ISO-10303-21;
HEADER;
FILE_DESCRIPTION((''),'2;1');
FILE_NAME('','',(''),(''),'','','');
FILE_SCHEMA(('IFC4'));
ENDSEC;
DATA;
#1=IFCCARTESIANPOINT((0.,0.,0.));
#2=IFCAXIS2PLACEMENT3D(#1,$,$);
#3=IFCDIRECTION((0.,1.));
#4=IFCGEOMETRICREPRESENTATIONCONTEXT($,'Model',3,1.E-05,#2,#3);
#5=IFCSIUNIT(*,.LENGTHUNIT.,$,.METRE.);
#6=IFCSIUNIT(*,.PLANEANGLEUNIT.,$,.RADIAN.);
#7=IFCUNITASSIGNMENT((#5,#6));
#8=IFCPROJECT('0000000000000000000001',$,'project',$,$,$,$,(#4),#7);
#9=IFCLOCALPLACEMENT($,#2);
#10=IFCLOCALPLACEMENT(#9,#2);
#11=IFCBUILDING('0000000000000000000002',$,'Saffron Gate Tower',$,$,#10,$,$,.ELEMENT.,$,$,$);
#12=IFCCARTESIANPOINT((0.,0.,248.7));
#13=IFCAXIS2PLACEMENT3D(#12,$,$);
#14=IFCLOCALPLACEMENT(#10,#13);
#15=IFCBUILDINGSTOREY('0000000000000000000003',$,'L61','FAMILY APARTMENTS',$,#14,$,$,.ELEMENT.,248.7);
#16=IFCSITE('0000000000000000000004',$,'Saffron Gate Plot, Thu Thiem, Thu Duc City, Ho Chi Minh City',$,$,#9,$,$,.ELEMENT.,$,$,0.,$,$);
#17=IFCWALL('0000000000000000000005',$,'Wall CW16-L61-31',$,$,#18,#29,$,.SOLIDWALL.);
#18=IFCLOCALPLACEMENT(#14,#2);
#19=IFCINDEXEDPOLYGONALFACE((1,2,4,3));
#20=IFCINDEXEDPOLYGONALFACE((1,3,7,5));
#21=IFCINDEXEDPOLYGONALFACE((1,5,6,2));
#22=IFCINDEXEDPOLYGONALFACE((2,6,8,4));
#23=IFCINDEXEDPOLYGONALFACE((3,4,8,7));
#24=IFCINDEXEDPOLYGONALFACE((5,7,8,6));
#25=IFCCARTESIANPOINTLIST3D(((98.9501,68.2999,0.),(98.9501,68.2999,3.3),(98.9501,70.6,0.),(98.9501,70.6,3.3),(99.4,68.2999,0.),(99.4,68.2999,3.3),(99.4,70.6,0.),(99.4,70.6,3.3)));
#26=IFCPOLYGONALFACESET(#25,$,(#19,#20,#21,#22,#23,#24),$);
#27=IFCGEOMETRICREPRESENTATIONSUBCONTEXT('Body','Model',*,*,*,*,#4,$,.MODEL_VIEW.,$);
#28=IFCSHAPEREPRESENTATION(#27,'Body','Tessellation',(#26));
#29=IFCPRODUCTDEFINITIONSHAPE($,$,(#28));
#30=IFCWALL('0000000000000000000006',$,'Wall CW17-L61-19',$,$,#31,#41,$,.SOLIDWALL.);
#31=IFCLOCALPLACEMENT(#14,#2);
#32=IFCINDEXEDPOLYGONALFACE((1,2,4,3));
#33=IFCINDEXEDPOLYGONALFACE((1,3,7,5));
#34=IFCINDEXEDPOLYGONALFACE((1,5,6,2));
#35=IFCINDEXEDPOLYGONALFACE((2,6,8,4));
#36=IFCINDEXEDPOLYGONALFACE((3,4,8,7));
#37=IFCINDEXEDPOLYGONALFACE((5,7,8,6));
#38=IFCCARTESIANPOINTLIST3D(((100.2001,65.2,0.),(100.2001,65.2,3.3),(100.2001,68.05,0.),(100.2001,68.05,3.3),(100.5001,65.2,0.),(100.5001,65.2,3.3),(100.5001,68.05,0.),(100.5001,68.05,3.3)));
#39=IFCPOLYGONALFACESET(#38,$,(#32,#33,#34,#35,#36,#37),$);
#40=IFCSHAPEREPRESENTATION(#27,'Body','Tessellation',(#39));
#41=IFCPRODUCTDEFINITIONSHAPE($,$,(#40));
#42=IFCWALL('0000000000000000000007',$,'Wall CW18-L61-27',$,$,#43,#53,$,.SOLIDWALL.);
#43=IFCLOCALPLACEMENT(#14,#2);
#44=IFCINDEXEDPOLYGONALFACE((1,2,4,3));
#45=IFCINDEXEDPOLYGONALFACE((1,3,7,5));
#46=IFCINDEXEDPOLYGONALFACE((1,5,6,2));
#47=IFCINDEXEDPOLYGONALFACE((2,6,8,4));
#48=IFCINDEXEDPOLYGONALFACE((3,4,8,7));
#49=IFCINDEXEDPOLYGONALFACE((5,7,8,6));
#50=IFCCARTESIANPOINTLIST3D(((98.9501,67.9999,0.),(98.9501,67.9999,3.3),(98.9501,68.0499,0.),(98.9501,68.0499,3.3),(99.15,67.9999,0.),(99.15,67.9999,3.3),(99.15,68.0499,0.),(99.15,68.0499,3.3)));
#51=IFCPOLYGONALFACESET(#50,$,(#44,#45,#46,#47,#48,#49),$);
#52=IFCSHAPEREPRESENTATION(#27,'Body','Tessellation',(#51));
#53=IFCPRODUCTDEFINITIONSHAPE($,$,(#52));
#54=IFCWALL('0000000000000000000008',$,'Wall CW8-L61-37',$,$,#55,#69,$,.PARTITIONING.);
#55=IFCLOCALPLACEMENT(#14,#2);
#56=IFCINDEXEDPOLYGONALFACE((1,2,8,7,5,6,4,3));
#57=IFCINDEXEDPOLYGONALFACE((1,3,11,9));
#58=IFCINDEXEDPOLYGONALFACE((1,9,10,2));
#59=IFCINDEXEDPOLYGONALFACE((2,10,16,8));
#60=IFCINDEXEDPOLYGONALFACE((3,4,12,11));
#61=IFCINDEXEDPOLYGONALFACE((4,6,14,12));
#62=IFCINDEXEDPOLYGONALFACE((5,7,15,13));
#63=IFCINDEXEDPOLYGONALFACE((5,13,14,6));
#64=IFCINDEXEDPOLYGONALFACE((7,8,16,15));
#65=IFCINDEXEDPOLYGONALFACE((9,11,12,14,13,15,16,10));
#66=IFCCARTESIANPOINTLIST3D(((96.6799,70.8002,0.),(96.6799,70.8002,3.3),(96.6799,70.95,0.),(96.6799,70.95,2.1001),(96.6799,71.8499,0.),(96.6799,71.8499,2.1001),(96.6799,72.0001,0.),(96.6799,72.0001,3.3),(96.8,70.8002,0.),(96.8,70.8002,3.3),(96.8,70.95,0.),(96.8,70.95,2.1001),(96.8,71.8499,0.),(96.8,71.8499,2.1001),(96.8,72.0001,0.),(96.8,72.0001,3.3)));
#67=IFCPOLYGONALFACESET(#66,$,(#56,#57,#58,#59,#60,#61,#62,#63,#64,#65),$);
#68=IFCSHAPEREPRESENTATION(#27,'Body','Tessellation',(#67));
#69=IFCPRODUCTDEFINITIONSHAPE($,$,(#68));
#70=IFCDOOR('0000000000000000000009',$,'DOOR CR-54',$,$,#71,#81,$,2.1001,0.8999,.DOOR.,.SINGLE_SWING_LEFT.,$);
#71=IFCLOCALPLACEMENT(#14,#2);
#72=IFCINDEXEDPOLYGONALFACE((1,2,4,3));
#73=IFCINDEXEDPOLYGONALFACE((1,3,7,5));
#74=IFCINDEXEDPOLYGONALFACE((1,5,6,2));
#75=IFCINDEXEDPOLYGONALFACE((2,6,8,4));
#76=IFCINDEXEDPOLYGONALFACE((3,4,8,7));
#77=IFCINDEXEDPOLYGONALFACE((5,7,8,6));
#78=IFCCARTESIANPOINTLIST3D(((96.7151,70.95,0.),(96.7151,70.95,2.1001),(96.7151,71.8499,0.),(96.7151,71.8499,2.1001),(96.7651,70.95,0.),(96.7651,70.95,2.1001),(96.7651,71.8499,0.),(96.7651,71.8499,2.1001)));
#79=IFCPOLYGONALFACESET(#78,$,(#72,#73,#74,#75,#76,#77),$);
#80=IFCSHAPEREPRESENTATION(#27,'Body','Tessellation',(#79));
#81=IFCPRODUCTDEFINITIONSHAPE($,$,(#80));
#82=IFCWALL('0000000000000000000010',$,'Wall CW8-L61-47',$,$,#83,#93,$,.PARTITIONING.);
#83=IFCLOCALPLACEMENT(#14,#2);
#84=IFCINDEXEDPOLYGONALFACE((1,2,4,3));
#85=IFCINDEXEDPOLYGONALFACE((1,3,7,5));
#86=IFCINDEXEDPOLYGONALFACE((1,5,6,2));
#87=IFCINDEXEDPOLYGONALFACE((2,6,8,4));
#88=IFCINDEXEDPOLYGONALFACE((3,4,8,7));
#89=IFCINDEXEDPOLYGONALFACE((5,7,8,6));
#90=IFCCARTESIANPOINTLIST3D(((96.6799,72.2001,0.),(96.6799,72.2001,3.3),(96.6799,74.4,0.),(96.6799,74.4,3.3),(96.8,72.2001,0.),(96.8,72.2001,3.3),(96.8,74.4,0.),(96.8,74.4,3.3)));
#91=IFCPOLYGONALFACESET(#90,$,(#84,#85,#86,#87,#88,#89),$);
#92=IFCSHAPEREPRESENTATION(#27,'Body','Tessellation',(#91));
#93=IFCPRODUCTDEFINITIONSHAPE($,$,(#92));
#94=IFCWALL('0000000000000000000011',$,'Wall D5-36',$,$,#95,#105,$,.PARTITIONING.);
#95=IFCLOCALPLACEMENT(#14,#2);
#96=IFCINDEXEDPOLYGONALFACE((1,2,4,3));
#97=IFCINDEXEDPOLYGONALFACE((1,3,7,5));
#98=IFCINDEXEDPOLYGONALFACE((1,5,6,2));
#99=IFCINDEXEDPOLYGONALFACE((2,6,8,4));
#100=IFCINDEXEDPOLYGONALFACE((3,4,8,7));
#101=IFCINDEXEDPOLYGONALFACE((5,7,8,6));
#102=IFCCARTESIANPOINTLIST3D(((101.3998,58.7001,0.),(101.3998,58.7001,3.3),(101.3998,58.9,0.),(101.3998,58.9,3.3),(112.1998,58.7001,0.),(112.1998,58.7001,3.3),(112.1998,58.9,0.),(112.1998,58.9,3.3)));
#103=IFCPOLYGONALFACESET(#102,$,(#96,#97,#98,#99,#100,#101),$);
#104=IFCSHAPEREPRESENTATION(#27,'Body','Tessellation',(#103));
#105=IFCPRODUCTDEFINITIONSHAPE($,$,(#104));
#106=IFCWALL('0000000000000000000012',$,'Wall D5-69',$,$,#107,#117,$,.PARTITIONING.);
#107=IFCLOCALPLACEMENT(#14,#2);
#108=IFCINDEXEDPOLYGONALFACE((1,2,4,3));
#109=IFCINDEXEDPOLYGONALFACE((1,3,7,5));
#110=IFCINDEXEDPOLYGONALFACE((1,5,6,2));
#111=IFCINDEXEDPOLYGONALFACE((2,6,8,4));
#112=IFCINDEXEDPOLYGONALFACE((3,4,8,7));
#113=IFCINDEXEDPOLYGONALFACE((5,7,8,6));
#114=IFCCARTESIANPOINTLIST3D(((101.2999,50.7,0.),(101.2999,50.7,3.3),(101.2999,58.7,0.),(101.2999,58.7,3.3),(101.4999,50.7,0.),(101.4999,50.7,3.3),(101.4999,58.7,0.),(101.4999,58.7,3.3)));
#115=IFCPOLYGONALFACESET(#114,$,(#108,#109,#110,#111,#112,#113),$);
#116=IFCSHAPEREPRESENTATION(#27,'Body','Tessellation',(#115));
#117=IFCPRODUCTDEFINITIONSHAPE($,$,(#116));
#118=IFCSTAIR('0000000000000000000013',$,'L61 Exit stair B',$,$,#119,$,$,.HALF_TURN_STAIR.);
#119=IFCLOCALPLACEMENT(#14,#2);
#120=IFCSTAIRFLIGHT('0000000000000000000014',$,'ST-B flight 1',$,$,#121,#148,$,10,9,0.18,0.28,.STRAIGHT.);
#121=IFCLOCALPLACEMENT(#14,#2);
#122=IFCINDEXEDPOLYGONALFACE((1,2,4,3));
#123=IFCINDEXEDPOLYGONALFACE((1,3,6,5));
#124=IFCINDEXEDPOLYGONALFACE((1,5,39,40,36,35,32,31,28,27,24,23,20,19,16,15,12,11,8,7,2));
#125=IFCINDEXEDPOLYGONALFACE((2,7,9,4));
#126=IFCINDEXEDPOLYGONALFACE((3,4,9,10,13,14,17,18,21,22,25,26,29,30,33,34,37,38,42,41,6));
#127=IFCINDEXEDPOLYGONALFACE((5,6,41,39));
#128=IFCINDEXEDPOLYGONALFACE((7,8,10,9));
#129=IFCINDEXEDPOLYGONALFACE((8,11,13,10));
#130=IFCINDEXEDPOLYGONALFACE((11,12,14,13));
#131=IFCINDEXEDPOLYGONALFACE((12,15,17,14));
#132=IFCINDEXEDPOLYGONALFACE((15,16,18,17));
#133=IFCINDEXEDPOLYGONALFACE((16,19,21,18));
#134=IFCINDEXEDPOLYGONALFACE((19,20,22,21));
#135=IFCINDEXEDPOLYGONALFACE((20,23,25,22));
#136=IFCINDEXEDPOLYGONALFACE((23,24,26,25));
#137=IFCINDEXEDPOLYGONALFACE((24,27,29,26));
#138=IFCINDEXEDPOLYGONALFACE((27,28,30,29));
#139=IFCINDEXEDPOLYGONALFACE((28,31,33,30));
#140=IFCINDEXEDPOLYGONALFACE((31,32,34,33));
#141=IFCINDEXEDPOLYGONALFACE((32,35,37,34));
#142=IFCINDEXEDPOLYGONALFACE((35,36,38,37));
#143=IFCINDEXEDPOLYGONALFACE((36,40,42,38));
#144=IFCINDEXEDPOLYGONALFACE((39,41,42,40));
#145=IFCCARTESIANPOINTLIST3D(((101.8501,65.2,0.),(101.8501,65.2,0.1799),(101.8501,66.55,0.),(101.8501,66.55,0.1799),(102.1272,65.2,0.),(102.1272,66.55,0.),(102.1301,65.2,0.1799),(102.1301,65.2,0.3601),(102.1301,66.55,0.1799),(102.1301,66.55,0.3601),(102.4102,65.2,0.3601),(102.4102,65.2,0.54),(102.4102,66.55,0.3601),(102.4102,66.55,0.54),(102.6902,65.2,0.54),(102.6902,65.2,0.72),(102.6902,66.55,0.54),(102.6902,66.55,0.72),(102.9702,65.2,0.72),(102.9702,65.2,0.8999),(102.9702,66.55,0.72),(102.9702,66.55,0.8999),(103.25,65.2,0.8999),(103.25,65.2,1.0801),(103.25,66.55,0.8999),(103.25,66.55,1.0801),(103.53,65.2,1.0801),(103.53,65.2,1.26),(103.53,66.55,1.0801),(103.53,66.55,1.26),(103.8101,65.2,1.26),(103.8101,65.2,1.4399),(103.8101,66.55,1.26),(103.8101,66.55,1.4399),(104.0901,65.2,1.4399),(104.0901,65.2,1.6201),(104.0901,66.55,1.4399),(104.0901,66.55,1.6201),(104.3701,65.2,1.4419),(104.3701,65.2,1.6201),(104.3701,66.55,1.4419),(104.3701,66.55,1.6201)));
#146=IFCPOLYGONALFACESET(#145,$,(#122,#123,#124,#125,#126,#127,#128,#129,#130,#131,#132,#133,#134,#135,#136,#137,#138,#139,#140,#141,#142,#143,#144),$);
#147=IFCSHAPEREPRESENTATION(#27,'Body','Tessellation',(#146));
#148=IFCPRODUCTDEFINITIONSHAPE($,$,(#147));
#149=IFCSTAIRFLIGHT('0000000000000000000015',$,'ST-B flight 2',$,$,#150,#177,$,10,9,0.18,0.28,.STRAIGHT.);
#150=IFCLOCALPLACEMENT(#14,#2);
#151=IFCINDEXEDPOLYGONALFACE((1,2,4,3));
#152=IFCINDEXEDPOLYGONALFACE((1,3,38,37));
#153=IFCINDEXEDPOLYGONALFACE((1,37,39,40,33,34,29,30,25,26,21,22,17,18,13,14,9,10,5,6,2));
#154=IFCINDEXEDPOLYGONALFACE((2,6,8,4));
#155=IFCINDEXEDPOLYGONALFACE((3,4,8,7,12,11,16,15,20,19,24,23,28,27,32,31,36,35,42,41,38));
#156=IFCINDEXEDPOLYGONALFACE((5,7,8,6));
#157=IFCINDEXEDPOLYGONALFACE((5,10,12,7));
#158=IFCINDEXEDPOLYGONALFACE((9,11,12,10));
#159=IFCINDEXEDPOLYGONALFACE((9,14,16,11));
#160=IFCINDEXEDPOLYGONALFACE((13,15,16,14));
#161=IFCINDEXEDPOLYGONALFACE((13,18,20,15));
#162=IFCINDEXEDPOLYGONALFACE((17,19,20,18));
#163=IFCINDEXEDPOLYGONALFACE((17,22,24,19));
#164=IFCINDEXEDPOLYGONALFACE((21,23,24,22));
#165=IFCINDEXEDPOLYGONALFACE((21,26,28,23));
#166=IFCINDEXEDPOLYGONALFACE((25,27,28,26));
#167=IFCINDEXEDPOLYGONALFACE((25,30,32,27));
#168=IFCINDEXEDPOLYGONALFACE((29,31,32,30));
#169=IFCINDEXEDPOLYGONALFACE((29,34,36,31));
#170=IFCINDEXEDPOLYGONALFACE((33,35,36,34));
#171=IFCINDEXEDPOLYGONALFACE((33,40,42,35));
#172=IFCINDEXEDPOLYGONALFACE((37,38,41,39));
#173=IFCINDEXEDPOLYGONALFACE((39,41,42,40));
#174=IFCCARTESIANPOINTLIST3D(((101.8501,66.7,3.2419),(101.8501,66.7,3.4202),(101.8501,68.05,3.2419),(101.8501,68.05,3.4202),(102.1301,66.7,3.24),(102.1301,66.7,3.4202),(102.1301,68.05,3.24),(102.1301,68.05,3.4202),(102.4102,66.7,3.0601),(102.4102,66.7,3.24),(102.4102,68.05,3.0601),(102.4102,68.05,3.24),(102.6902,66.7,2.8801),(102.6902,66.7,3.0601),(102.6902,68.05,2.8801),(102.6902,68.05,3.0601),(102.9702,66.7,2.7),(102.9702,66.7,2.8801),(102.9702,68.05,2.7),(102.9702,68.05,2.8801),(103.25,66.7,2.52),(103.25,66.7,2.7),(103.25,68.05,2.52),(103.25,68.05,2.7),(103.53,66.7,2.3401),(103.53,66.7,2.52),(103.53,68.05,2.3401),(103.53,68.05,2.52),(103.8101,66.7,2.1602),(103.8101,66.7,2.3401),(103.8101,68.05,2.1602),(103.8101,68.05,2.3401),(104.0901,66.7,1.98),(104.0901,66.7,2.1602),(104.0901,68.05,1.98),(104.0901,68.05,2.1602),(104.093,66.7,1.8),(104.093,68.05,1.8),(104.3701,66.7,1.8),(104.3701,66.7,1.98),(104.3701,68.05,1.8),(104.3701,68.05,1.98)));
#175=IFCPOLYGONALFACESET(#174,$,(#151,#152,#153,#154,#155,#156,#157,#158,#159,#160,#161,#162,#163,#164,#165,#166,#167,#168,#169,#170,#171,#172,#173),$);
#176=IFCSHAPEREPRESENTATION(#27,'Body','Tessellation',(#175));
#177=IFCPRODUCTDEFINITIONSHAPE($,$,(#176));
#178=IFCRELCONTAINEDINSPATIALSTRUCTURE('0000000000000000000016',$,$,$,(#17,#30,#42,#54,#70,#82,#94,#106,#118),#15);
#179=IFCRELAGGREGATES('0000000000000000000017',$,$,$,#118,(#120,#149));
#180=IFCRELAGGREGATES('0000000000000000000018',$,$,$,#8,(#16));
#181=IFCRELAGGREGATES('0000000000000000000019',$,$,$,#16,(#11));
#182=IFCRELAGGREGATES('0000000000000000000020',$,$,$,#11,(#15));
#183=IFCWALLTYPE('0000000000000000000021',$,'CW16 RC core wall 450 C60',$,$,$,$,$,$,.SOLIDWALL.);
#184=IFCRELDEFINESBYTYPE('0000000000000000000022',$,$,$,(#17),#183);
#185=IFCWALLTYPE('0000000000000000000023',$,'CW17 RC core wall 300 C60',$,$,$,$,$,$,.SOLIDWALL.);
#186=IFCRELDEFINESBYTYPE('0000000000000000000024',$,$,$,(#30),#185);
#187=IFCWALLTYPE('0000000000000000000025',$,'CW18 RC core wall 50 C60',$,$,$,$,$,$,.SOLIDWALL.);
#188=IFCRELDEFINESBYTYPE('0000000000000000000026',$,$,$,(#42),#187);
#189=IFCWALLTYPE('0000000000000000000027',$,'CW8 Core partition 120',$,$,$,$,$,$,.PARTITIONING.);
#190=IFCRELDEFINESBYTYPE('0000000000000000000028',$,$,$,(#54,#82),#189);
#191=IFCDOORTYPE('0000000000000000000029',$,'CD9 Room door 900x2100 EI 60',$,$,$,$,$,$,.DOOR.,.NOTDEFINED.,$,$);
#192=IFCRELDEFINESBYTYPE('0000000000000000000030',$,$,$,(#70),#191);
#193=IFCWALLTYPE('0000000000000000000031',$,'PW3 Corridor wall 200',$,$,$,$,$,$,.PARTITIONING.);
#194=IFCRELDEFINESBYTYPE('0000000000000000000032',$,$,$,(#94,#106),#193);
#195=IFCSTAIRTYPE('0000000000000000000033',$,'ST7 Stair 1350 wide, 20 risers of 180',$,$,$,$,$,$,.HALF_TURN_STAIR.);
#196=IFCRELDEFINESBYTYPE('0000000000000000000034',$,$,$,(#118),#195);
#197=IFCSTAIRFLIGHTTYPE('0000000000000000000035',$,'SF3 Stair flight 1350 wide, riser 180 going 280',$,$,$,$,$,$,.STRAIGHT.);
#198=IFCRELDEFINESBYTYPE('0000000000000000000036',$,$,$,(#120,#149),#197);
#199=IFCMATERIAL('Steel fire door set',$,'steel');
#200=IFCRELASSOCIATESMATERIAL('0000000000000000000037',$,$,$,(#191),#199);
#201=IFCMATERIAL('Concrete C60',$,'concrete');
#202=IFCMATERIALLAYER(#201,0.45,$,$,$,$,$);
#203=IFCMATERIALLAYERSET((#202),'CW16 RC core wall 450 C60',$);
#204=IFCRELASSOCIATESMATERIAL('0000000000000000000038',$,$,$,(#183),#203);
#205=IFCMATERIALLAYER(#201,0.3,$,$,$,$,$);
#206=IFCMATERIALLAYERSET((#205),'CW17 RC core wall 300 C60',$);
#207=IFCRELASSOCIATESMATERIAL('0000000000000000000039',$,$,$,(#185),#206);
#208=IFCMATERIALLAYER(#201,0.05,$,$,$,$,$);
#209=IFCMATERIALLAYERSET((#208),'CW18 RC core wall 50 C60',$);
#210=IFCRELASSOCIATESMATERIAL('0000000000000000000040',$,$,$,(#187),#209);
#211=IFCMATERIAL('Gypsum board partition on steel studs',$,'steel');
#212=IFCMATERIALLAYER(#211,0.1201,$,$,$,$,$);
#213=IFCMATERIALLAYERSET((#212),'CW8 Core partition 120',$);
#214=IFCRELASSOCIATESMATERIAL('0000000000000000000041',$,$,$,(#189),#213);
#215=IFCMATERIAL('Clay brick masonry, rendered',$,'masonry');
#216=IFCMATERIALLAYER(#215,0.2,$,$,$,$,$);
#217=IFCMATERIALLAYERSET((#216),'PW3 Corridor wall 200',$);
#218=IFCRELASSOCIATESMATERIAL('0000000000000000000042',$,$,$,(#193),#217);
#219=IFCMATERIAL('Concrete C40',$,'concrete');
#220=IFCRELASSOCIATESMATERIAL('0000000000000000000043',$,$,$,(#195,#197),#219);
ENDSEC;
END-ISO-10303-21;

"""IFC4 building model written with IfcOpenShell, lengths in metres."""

from ifc_helpers import new_model, si_unit, direction, frame, frame_2d, origin, place, context, subcontext, project, spatial, polyline, rectangle, outline, extrude, material, layer, layer_set, type_object, element, fill, aggregate, save


model = new_model("IFC4")

# Units and contexts
model_context = context("Model", 3, precision=1e-05, world=origin(), true_north=direction((0.0, 1.0)))
body_context = subcontext(model_context, "Body", "Model", "MODEL_VIEW")
ifc_project = project(units=[si_unit("LENGTHUNIT", "METRE"), si_unit("PLANEANGLEUNIT", "RADIAN")], contexts=[model_context])

# Site, building, storey
site_placement = place(None, origin())
site = spatial("IfcSite", under=ifc_project, at=site_placement, Name="Saffron Gate Plot, Thu Thiem, Thu Duc City, Ho Chi Minh City", CompositionType="ELEMENT", RefElevation=0.0)
building_placement = place(site_placement, origin())
building = spatial("IfcBuilding", under=site, at=building_placement, Name="Saffron Gate Tower", CompositionType="ELEMENT")
storey_placement = place(building_placement, frame((0.0, 0.0, 248.7)))
storey = spatial("IfcBuildingStorey", under=building, at=storey_placement, Name="L61", Description="FAMILY APARTMENTS", CompositionType="ELEMENT", Elevation=248.7)

# Shared definitions
ifc_material_1 = material(Name="Concrete C60", Category="concrete")
ifc_material_2 = material(Name="Steel fire door set", Category="steel")

# Shared definitions
door_type_1 = type_object("IfcDoorType", Name="CD9 Room door 900x2100 EI 60", OperationType="NOTDEFINED", PredefinedType="DOOR", material=ifc_material_2)

# Walls
ifc_layer_1 = layer(ifc_material_1, 0.45)
ifc_layer_set_1 = layer_set([ifc_layer_1], Name="CW16 RC core wall 450 C60")
wall_type_1 = type_object("IfcWallType", Name="CW16 RC core wall 450 C60", PredefinedType="SOLIDWALL", material=ifc_layer_set_1)
wall_1_placement = place(storey_placement, frame((99.175, 68.3, 0.0), z_axis=(0.0, 0.0, 1.0), x_axis=(0.0, 1.0, 0.0)))
element("IfcWall", 1, at=wall_1_placement, inside=storey, type_object=wall_type_1, Name="Wall CW16-L61-31", PredefinedType="SOLIDWALL", context=body_context, shape_type="SweptSolid", body=[
    extrude(rectangle(XDim=2.3, YDim=0.45, at=frame_2d((1.1499, 0.0))), origin(), (0.0, 0.0, 1.0), 3.3),
])
ifc_layer_2 = layer(ifc_material_1, 0.3)
ifc_layer_set_2 = layer_set([ifc_layer_2], Name="CW17 RC core wall 300 C60")
wall_type_2 = type_object("IfcWallType", Name="CW17 RC core wall 300 C60", PredefinedType="SOLIDWALL", material=ifc_layer_set_2)
wall_2_placement = place(storey_placement, frame((100.3501, 65.2, 0.0), z_axis=(0.0, 0.0, 1.0), x_axis=(0.0, 1.0, 0.0)))
element("IfcWall", 2, at=wall_2_placement, inside=storey, type_object=wall_type_2, Name="Wall CW17-L61-19", PredefinedType="SOLIDWALL", context=body_context, shape_type="SweptSolid", body=[
    extrude(rectangle(XDim=2.8501, YDim=0.3, at=frame_2d((1.425, 0.0))), origin(), (0.0, 0.0, 1.0), 3.3),
])
ifc_layer_3 = layer(ifc_material_1, 0.05)
ifc_layer_set_3 = layer_set([ifc_layer_3], Name="CW18 RC core wall 50 C60")
wall_type_3 = type_object("IfcWallType", Name="CW18 RC core wall 50 C60", PredefinedType="SOLIDWALL", material=ifc_layer_set_3)
wall_3_placement = place(storey_placement, frame((98.95, 68.0249, 0.0), z_axis=(0.0, 0.0, 1.0), x_axis=(1.0, 0.0, 0.0)))
element("IfcWall", 3, at=wall_3_placement, inside=storey, type_object=wall_type_3, Name="Wall CW18-L61-27", PredefinedType="SOLIDWALL", context=body_context, shape_type="SweptSolid", body=[
    extrude(rectangle(XDim=0.2, YDim=0.05, at=frame_2d((0.1001, 0.0))), origin(), (0.0, 0.0, 1.0), 3.3),
])

# Wall, opening, door
ifc_material_3 = material(Name="Gypsum board partition on steel studs", Category="steel")
ifc_layer_4 = layer(ifc_material_3, 0.1201)
ifc_layer_set_4 = layer_set([ifc_layer_4], Name="CW8 Core partition 120")
wall_type_4 = type_object("IfcWallType", Name="CW8 Core partition 120", PredefinedType="PARTITIONING", material=ifc_layer_set_4)
wall_4_placement = place(storey_placement, frame((96.74, 70.8, 0.0), z_axis=(0.0, 0.0, 1.0), x_axis=(0.0, 1.0, 0.0)))
wall_4 = element("IfcWall", 4, at=wall_4_placement, inside=storey, type_object=wall_type_4, Name="Wall CW8-L61-37", PredefinedType="PARTITIONING", context=body_context, shape_type="SweptSolid", body=[
    extrude(rectangle(XDim=1.2, YDim=0.1201, at=frame_2d((0.6001, 0.0))), origin(), (0.0, 0.0, 1.0), 3.3),
])
opening_1_placement = place(wall_4_placement, frame((0.1499, 0.0, 0.0)))
opening_1 = element("IfcOpeningElement", 5, at=opening_1_placement, cuts=wall_4, PredefinedType="OPENING", context=body_context, shape_type="SweptSolid", body=[
    extrude(rectangle(XDim=0.8999, YDim=2.1001, at=frame_2d((0.45, 1.05))), frame((0.0, 0.0701, 0.0), z_axis=(0.0, -1.0, 0.0), x_axis=(1.0, 0.0, 0.0)), (0.0, 0.0, 1.0), 0.1401),
])
door_1_placement = place(opening_1_placement, origin())
door_1 = element("IfcDoor", 6, at=door_1_placement, inside=storey, type_object=door_type_1, Name="DOOR CR-54", OperationType="SINGLE_SWING_LEFT", OverallHeight=2.1001, OverallWidth=0.8999, PredefinedType="DOOR", context=body_context, shape_type="SweptSolid", body=[
    extrude(rectangle(XDim=0.8999, YDim=2.1001, at=frame_2d((0.45, 1.05))), frame((0.0, 0.0249, 0.0), z_axis=(0.0, -1.0, 0.0), x_axis=(1.0, 0.0, 0.0)), (0.0, 0.0, 1.0), 0.05),
])
fill(opening_1, door_1)

# Walls
wall_5_placement = place(storey_placement, frame((96.74, 72.2, 0.0), z_axis=(0.0, 0.0, 1.0), x_axis=(0.0, 1.0, 0.0)))
element("IfcWall", 7, at=wall_5_placement, inside=storey, type_object=wall_type_4, Name="Wall CW8-L61-47", PredefinedType="PARTITIONING", context=body_context, shape_type="SweptSolid", body=[
    extrude(rectangle(XDim=2.2, YDim=0.1201, at=frame_2d((1.1001, 0.0))), origin(), (0.0, 0.0, 1.0), 3.3),
])
ifc_material_4 = material(Name="Clay brick masonry, rendered", Category="masonry")
ifc_layer_5 = layer(ifc_material_4, 0.2)
ifc_layer_set_5 = layer_set([ifc_layer_5], Name="PW3 Corridor wall 200")
wall_type_5 = type_object("IfcWallType", Name="PW3 Corridor wall 200", PredefinedType="PARTITIONING", material=ifc_layer_set_5)
wall_6_placement = place(storey_placement, frame((101.3999, 58.8, 0.0), z_axis=(0.0, 0.0, 1.0), x_axis=(1.0, 0.0, 0.0)))
element("IfcWall", 8, at=wall_6_placement, inside=storey, type_object=wall_type_5, Name="Wall D5-36", PredefinedType="PARTITIONING", context=body_context, shape_type="SweptSolid", body=[
    extrude(rectangle(XDim=10.8, YDim=0.2, at=frame_2d((5.3999, 0.0))), origin(), (0.0, 0.0, 1.0), 3.3),
])
wall_7_placement = place(storey_placement, frame((101.3999, 58.7, 0.0), z_axis=(0.0, 0.0, 1.0), x_axis=(0.0, -1.0, 0.0)))
element("IfcWall", 9, at=wall_7_placement, inside=storey, type_object=wall_type_5, Name="Wall D5-69", PredefinedType="PARTITIONING", context=body_context, shape_type="SweptSolid", body=[
    extrude(rectangle(XDim=8.0, YDim=0.2, at=frame_2d((4.0, 0.0))), origin(), (0.0, 0.0, 1.0), 3.3),
])

# Stair, stair flights
ifc_material_5 = material(Name="Concrete C40", Category="concrete")
stair_type = type_object("IfcStairType", Name="ST7 Stair 1350 wide, 20 risers of 180", PredefinedType="HALF_TURN_STAIR", material=ifc_material_5)
stair_placement = place(storey_placement, origin())
stair = element("IfcStair", 10, at=stair_placement, inside=storey, type_object=stair_type, Name="L61 Exit stair B", PredefinedType="HALF_TURN_STAIR")
stair_flight_type = type_object("IfcStairFlightType", Name="SF3 Stair flight 1350 wide, riser 180 going 280", PredefinedType="STRAIGHT", material=ifc_material_5)
stair_flight_1_placement = place(storey_placement, frame((101.8501, 65.875, 0.0), z_axis=(0.0, 0.0, 1.0), x_axis=(1.0, 0.0, 0.0)))
stair_flight_1 = element("IfcStairFlight", 11, at=stair_flight_1_placement, type_object=stair_flight_type, Name="ST-B flight 1", NumberOfRisers=10, NumberOfTreads=9, PredefinedType="STRAIGHT", RiserHeight=0.18, TreadLength=0.28, context=body_context, shape_type="SweptSolid", body=[
    extrude(outline(polyline([(0.0, 0.0), (0.0, 0.1799), (0.28, 0.1799), (0.28, 0.3601), (0.5601, 0.3601), (0.5601, 0.54), (0.8401, 0.54), (0.8401, 0.72), (1.1201, 0.72), (1.1201, 0.8999), (1.3999, 0.8999), (1.3999, 1.0801), (1.6799, 1.0801), (1.6799, 1.26), (1.96, 1.26), (1.96, 1.4399), (2.24, 1.4399), (2.24, 1.6201), (2.52, 1.6201), (2.52, 1.8), (2.52, 1.4419), (0.2771, 0.0), (0.0, 0.0)])), frame((0.0, 0.675, 0.0), z_axis=(0.0, -1.0, 0.0), x_axis=(1.0, 0.0, 0.0)), (0.0, 0.0, 1.0), 1.3501),
])
stair_flight_2_placement = place(storey_placement, frame((104.3701, 67.375, 1.8), z_axis=(0.0, 0.0, 1.0), x_axis=(-1.0, 0.0, 0.0)))
stair_flight_2 = element("IfcStairFlight", 12, at=stair_flight_2_placement, type_object=stair_flight_type, Name="ST-B flight 2", NumberOfRisers=10, NumberOfTreads=9, PredefinedType="STRAIGHT", RiserHeight=0.18, TreadLength=0.28, context=body_context, shape_type="SweptSolid", body=[
    extrude(outline(polyline([(0.0, 0.0), (0.0, 0.1799), (0.28, 0.1799), (0.28, 0.3601), (0.5601, 0.3601), (0.5601, 0.54), (0.8401, 0.54), (0.8401, 0.72), (1.1201, 0.72), (1.1201, 0.8999), (1.3999, 0.8999), (1.3999, 1.0801), (1.6799, 1.0801), (1.6799, 1.26), (1.96, 1.26), (1.96, 1.4399), (2.24, 1.4399), (2.24, 1.6201), (2.52, 1.6201), (2.52, 1.8), (2.52, 1.4419), (0.2771, 0.0), (0.0, 0.0)])), frame((0.0, 0.675, 0.0), z_axis=(0.0, -1.0, 0.0), x_axis=(1.0, 0.0, 0.0)), (0.0, 0.0, 1.0), 1.3501),
])
aggregate(stair, [stair_flight_1, stair_flight_2])

save(model, "model.ifc")
